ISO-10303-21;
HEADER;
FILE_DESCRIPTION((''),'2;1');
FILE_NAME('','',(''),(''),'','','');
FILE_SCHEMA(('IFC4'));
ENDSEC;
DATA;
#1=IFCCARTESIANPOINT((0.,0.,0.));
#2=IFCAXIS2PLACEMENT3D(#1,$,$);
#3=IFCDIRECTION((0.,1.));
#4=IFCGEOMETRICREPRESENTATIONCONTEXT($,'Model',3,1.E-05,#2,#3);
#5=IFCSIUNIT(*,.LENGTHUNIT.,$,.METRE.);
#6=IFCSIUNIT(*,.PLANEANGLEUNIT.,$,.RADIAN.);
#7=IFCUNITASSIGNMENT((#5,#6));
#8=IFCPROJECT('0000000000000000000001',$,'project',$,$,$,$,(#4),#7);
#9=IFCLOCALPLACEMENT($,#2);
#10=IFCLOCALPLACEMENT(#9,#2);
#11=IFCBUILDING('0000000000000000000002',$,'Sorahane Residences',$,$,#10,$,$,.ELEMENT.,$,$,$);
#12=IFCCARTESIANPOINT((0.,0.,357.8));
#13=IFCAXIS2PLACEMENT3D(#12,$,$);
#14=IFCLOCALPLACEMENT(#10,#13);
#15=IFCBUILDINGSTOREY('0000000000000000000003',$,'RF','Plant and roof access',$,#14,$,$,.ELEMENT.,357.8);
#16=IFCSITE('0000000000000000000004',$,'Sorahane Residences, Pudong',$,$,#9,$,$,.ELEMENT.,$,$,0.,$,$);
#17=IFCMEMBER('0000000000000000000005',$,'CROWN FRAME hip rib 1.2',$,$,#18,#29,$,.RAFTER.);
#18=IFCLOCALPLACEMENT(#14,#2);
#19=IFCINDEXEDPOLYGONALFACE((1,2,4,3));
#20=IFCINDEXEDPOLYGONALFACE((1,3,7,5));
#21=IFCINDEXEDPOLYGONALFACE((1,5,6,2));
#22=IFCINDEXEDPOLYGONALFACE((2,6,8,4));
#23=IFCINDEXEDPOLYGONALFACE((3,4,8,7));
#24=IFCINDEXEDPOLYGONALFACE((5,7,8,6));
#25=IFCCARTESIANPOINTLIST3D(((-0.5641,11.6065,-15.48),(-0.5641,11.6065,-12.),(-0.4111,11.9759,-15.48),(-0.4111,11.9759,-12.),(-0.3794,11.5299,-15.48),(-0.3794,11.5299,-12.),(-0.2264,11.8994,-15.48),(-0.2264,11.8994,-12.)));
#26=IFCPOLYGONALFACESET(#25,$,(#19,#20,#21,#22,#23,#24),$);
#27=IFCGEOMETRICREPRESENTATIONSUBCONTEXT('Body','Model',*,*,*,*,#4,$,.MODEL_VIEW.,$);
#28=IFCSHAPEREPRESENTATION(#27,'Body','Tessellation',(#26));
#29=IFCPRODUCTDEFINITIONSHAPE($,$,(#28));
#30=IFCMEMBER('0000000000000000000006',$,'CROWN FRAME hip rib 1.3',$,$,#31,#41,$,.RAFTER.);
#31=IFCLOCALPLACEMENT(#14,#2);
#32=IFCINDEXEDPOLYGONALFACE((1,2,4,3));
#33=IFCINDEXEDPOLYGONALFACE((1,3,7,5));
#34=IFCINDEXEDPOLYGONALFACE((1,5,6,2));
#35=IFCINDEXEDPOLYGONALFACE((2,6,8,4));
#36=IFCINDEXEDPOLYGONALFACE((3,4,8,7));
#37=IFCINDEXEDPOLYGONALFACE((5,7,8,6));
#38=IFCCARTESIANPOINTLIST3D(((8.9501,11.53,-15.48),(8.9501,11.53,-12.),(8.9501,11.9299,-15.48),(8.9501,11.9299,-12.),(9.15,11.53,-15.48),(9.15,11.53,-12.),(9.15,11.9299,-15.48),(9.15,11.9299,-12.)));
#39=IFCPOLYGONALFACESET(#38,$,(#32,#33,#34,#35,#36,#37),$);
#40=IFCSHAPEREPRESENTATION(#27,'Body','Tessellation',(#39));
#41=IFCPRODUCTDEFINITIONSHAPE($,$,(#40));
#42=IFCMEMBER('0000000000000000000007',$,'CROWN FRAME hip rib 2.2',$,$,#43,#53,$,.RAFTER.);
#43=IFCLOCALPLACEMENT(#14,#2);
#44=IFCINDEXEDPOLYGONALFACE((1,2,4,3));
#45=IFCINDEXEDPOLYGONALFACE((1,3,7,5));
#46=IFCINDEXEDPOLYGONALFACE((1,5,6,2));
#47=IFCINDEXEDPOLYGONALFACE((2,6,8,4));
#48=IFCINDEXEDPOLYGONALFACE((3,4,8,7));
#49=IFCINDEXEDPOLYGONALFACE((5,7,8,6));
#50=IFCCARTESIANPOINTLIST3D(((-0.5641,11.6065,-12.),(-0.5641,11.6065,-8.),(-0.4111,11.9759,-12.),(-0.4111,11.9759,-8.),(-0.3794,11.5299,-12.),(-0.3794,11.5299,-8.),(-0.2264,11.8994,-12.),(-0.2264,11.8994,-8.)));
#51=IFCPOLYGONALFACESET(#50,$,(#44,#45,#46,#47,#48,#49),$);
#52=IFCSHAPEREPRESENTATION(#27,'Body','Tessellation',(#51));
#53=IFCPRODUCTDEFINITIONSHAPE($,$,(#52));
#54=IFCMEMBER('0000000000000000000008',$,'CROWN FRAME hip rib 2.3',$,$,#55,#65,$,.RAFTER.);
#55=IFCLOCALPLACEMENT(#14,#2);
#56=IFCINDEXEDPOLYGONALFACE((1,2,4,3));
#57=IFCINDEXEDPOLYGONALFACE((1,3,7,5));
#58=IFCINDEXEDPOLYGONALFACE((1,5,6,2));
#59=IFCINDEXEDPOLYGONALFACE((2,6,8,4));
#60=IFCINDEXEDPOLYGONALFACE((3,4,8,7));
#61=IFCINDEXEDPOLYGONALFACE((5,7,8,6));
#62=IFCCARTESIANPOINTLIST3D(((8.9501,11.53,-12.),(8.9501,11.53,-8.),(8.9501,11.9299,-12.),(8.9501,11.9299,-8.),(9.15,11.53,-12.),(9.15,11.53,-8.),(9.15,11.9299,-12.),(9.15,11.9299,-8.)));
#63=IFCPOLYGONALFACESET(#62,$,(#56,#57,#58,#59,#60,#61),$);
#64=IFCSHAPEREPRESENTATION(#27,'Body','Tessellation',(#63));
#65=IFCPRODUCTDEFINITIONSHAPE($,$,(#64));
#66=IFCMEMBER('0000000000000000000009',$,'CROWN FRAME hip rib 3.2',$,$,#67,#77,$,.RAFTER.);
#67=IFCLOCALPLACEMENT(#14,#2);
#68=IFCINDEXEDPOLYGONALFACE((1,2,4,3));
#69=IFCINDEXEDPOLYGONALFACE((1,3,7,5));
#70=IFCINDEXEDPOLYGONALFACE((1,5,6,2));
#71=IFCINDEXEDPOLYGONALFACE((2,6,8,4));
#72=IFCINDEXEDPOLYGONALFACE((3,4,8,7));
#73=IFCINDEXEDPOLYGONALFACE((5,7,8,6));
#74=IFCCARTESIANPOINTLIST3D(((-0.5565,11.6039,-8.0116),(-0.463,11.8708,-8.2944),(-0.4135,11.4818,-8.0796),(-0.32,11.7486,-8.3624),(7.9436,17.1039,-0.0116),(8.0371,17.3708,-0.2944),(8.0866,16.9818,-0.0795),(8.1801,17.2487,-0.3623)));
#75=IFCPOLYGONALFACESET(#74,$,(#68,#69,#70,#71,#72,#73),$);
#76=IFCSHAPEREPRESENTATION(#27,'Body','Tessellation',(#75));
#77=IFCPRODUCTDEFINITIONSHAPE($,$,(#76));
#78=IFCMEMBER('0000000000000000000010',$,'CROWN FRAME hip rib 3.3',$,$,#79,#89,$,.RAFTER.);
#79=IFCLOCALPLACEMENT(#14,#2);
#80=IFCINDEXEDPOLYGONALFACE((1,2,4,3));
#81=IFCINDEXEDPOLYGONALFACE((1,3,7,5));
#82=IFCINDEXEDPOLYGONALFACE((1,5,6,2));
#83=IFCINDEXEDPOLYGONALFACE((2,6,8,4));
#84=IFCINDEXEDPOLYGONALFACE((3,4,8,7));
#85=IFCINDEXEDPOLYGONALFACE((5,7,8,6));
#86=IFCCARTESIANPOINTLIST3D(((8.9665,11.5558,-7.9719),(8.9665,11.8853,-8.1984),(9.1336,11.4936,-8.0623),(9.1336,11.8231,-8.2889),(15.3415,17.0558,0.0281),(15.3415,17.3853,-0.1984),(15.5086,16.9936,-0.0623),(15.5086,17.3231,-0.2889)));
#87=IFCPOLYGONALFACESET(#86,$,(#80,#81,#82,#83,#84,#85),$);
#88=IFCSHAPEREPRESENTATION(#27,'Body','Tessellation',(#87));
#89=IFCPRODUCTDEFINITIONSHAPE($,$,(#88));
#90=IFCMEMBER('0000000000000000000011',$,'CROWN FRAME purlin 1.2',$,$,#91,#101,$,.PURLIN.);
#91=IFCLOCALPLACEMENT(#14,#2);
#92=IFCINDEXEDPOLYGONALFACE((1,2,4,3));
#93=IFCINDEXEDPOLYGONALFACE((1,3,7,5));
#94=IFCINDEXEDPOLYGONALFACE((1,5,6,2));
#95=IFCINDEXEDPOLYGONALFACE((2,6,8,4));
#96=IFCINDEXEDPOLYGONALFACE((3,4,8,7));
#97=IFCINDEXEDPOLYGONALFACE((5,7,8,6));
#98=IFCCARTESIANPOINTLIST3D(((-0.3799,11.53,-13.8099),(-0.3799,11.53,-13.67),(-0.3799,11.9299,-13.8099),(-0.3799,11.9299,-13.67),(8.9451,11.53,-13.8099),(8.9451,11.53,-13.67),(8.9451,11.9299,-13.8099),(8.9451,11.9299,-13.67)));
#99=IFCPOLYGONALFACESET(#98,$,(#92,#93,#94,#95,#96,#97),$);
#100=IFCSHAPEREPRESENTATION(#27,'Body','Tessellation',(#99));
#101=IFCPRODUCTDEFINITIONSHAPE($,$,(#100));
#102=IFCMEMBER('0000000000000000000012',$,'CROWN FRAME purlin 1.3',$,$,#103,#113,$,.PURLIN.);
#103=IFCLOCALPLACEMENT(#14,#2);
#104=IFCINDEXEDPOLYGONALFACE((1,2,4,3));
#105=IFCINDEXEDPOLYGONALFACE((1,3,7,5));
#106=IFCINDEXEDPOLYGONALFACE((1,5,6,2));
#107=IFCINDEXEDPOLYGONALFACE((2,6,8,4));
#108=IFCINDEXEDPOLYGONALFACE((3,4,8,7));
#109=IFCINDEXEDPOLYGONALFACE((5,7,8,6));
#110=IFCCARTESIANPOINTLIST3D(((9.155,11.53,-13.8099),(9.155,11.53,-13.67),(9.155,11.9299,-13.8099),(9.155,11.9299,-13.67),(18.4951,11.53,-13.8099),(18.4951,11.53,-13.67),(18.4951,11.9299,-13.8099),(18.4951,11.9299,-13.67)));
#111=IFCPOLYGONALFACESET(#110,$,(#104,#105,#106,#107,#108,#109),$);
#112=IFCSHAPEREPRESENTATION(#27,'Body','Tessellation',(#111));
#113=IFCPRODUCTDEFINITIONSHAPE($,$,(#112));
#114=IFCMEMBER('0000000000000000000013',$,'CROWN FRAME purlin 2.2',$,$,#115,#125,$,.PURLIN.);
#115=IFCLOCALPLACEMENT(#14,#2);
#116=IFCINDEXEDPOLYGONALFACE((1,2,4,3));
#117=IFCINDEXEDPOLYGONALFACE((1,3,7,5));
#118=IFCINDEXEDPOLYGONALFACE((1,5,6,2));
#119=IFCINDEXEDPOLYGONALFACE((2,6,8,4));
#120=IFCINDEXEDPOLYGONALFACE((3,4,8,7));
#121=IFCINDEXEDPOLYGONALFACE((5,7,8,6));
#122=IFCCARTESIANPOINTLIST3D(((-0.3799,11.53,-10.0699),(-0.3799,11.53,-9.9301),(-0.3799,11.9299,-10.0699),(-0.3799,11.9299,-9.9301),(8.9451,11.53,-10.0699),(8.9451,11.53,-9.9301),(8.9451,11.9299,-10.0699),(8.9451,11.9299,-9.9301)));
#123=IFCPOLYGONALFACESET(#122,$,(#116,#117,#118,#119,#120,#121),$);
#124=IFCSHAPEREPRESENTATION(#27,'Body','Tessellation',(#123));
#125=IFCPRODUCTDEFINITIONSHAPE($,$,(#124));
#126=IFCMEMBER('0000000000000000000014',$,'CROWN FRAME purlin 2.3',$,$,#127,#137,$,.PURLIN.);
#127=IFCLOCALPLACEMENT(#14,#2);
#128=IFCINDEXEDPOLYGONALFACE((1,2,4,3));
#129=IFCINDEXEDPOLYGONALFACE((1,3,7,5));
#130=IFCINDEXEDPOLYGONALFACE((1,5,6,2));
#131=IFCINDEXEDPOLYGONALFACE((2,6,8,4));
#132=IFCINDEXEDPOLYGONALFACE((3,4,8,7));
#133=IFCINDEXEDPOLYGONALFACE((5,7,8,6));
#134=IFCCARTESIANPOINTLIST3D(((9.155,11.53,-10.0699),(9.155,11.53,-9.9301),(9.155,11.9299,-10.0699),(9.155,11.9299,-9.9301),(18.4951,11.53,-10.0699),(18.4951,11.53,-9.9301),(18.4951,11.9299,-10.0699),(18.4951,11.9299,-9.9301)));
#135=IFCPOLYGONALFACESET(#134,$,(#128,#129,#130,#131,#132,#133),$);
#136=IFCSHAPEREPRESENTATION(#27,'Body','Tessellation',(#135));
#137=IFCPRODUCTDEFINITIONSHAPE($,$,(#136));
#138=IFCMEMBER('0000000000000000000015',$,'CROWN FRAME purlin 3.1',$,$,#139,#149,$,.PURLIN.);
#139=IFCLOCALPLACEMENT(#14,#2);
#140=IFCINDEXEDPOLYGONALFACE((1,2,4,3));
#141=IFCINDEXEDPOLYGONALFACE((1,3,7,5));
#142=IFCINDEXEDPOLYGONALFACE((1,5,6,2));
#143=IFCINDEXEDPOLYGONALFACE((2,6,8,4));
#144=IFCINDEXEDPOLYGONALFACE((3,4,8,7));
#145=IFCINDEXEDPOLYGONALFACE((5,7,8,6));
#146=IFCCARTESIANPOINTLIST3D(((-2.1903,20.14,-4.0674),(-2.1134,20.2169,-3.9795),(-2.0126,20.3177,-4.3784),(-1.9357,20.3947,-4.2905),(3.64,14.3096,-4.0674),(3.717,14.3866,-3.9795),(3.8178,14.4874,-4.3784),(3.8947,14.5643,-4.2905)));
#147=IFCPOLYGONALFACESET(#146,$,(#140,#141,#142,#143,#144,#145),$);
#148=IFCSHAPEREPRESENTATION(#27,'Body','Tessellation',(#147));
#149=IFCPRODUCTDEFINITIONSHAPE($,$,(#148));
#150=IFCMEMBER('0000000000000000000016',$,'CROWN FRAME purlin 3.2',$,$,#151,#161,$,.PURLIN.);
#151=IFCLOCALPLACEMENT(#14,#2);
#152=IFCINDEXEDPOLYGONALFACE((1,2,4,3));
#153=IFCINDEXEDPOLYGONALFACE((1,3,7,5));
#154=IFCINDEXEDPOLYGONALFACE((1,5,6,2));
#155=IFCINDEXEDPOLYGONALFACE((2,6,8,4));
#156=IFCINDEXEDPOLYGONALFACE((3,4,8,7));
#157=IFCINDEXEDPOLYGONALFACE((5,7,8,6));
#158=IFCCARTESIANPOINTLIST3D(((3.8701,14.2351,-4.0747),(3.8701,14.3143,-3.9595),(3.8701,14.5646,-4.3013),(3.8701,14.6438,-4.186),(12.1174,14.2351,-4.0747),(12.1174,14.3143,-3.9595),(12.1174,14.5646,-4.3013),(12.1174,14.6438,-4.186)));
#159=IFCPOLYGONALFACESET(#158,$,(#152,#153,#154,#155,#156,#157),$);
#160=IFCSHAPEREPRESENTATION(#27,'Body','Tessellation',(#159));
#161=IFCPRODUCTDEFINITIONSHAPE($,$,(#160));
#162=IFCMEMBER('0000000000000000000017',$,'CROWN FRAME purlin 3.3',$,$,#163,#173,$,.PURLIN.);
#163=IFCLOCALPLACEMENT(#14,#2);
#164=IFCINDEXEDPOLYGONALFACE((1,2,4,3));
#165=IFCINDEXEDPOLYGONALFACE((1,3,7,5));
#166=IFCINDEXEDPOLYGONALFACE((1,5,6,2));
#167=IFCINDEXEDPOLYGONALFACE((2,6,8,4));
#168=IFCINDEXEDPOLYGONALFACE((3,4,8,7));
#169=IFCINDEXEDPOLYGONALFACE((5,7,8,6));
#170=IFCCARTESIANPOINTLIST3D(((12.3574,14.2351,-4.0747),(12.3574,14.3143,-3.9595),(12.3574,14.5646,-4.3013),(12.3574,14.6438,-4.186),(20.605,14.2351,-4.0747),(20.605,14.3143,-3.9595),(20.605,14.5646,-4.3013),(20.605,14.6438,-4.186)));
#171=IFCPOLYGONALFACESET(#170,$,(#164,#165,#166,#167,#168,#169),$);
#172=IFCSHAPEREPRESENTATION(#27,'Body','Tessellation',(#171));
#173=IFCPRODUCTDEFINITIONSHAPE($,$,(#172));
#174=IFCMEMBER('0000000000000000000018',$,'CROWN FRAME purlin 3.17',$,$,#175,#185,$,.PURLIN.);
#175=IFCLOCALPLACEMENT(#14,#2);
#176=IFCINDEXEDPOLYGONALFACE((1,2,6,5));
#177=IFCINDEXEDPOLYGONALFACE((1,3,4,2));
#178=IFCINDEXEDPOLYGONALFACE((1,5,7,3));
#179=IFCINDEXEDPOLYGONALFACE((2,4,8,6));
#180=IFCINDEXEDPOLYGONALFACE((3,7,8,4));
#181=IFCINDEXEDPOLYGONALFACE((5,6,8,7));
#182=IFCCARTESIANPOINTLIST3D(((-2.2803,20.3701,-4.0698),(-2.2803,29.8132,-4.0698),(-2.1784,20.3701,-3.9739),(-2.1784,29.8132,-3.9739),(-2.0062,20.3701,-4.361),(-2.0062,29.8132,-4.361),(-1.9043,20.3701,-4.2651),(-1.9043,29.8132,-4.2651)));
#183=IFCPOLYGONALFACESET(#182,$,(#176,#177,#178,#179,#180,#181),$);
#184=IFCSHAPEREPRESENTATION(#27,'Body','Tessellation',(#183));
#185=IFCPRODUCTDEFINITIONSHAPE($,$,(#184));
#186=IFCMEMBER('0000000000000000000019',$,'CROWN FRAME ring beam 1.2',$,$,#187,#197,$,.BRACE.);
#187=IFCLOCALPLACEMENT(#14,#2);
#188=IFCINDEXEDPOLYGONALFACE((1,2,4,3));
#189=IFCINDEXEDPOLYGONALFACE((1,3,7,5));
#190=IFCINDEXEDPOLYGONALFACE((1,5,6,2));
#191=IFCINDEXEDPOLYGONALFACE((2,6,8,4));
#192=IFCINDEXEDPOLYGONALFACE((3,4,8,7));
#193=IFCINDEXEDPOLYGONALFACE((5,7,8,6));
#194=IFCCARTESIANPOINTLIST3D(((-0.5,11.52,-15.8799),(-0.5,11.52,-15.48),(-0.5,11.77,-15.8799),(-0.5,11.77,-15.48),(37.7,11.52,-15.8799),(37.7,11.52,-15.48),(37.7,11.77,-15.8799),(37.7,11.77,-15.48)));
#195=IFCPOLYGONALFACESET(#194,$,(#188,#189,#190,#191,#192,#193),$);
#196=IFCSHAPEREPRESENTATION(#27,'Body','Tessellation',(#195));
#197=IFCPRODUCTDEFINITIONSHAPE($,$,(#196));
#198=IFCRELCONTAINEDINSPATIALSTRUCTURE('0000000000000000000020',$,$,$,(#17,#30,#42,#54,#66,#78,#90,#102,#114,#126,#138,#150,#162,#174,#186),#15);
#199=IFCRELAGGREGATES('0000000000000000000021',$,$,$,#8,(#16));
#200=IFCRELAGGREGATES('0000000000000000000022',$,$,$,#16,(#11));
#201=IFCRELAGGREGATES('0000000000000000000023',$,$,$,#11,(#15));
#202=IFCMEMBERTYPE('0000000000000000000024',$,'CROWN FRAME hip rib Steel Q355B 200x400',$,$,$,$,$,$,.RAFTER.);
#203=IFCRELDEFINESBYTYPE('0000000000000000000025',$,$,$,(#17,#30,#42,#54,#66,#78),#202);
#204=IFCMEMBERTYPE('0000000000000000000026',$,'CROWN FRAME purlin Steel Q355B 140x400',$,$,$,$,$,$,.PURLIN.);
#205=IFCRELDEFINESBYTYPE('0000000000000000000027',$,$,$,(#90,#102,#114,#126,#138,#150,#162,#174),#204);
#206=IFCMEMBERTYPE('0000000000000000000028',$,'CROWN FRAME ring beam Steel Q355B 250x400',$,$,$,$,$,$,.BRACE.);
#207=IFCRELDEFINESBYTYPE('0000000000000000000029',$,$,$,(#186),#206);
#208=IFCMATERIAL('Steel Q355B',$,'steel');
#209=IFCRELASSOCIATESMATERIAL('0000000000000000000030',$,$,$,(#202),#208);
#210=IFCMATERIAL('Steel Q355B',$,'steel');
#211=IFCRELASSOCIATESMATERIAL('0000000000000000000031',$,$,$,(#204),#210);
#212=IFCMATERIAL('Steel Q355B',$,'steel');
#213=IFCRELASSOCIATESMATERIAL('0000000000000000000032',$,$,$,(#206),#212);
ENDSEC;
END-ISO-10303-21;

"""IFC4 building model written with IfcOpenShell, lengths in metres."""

from ifc_helpers import new_model, si_unit, direction, frame, origin, origin_2d, place, context, subcontext, project, spatial, rectangle, extrude, material, material_profile, profile_set, type_object, element, save


model = new_model("IFC4")

# Units and contexts
model_context = context("Model", 3, precision=1e-05, world=origin(), true_north=direction((0.0, 1.0)))
body_context = subcontext(model_context, "Body", "Model", "MODEL_VIEW")
ifc_project = project(units=[si_unit("LENGTHUNIT", "METRE"), si_unit("PLANEANGLEUNIT", "RADIAN")], contexts=[model_context])

# Site, building, storey
site_placement = place(None, origin())
site = spatial("IfcSite", under=ifc_project, at=site_placement, Name="Sorahane Residences, Pudong", CompositionType="ELEMENT", RefElevation=0.0)
building_placement = place(site_placement, origin())
building = spatial("IfcBuilding", under=site, at=building_placement, Name="Sorahane Residences", CompositionType="ELEMENT")
storey_placement = place(building_placement, frame((0.0, 0.0, 357.8)))
storey = spatial("IfcBuildingStorey", under=building, at=storey_placement, Name="RF", Description="Plant and roof access", CompositionType="ELEMENT", Elevation=357.8)

# Members
ifc_material_1 = material(Name="Steel Q355B", Category="steel")
ifc_material_profile_1 = material_profile(ifc_material_1, rectangle(XDim=0.2, YDim=0.3999, at=origin_2d()), Name="CROWN FRAME hip rib Steel Q355B 200x400")
ifc_profile_set_1 = profile_set([ifc_material_profile_1], Name="Steel Q355B")
member_type_1 = type_object("IfcMemberType", Name="CROWN FRAME hip rib Steel Q355B 200x400", PredefinedType="RAFTER", material=ifc_profile_set_1)
for number, where, z_axis, x_axis, name in (
    (1, (-0.3953, 11.7529, -15.48), (0.0, 0.0, 1.0), (-0.92388, 0.382683, 0.0), "CROWN FRAME hip rib 1.2"),
    (2, (9.05, 11.73, -15.48), (0.0, 0.0, 1.0), (-1.0, 0.0, 0.0), "CROWN FRAME hip rib 1.3"),
):
    element("IfcMember", number, at=place(storey_placement, frame(where, z_axis=z_axis, x_axis=x_axis)), inside=storey, type_object=member_type_1, Name=name, PredefinedType="RAFTER", context=body_context, shape_type="SweptSolid", body=[
        extrude(rectangle(XDim=0.2, YDim=0.3999, at=origin_2d()), origin(), (0.0, 0.0, 1.0), 3.48),
    ])
for number, where, z_axis, x_axis, name in (
    (3, (-0.3953, 11.7529, -12.0), (0.0, 0.0, 1.0), (-0.92388, 0.382683, 0.0), "CROWN FRAME hip rib 2.2"),
    (4, (9.05, 11.73, -12.0), (0.0, 0.0, 1.0), (-1.0, 0.0, 0.0), "CROWN FRAME hip rib 2.3"),
):
    element("IfcMember", number, at=place(storey_placement, frame(where, z_axis=z_axis, x_axis=x_axis)), inside=storey, type_object=member_type_1, Name=name, PredefinedType="RAFTER", context=body_context, shape_type="SweptSolid", body=[
        extrude(rectangle(XDim=0.2, YDim=0.3999, at=origin_2d()), origin(), (0.0, 0.0, 1.0), 4.0),
    ])
member_1_placement = place(storey_placement, frame((-0.4382, 11.6763, -8.187), z_axis=(0.658737, 0.426241, 0.619987), x_axis=(-0.715126, 0.610784, 0.339907)))
element("IfcMember", 5, at=member_1_placement, inside=storey, type_object=member_type_1, Name="CROWN FRAME hip rib 3.2", PredefinedType="RAFTER", context=body_context, shape_type="SweptSolid", body=[
    extrude(rectangle(XDim=0.2, YDim=0.3999, at=origin_2d()), origin(), (0.0, 0.0, 1.0), 12.9036),
])
member_2_placement = place(storey_placement, frame((9.05, 11.6895, -8.1304), z_axis=(0.548895, 0.473557, 0.688809), x_axis=(-0.835891, 0.310965, 0.452312)))
element("IfcMember", 6, at=member_2_placement, inside=storey, type_object=member_type_1, Name="CROWN FRAME hip rib 3.3", PredefinedType="RAFTER", context=body_context, shape_type="SweptSolid", body=[
    extrude(rectangle(XDim=0.2, YDim=0.3999, at=origin_2d()), origin(), (0.0, 0.0, 1.0), 11.6143),
])
ifc_material_2 = material(Name="Steel Q355B", Category="steel")
ifc_material_profile_2 = material_profile(ifc_material_2, rectangle(XDim=0.1399, YDim=0.3999, at=origin_2d()), Name="CROWN FRAME purlin Steel Q355B 140x400")
ifc_profile_set_2 = profile_set([ifc_material_profile_2], Name="Steel Q355B")
member_type_2 = type_object("IfcMemberType", Name="CROWN FRAME purlin Steel Q355B 140x400", PredefinedType="PURLIN", material=ifc_profile_set_2)
member_3_placement = place(storey_placement, frame((-0.3799, 11.73, -13.74), z_axis=(1.0, 0.0, 0.0), x_axis=(0.0, 0.0, 1.0)))
element("IfcMember", 7, at=member_3_placement, inside=storey, type_object=member_type_2, Name="CROWN FRAME purlin 1.2", PredefinedType="PURLIN", context=body_context, shape_type="SweptSolid", body=[
    extrude(rectangle(XDim=0.1399, YDim=0.3999, at=origin_2d()), origin(), (0.0, 0.0, 1.0), 9.325),
])
member_4_placement = place(storey_placement, frame((9.155, 11.73, -13.74), z_axis=(1.0, 0.0, 0.0), x_axis=(0.0, 0.0, 1.0)))
element("IfcMember", 8, at=member_4_placement, inside=storey, type_object=member_type_2, Name="CROWN FRAME purlin 1.3", PredefinedType="PURLIN", context=body_context, shape_type="SweptSolid", body=[
    extrude(rectangle(XDim=0.1399, YDim=0.3999, at=origin_2d()), origin(), (0.0, 0.0, 1.0), 9.3401),
])
member_5_placement = place(storey_placement, frame((-0.3799, 11.73, -10.0), z_axis=(1.0, 0.0, 0.0), x_axis=(0.0, 0.0, 1.0)))
element("IfcMember", 9, at=member_5_placement, inside=storey, type_object=member_type_2, Name="CROWN FRAME purlin 2.2", PredefinedType="PURLIN", context=body_context, shape_type="SweptSolid", body=[
    extrude(rectangle(XDim=0.1399, YDim=0.3999, at=origin_2d()), origin(), (0.0, 0.0, 1.0), 9.325),
])
member_6_placement = place(storey_placement, frame((9.155, 11.73, -10.0), z_axis=(1.0, 0.0, 0.0), x_axis=(0.0, 0.0, 1.0)))
element("IfcMember", 10, at=member_6_placement, inside=storey, type_object=member_type_2, Name="CROWN FRAME purlin 2.3", PredefinedType="PURLIN", context=body_context, shape_type="SweptSolid", body=[
    extrude(rectangle(XDim=0.1399, YDim=0.3999, at=origin_2d()), origin(), (0.0, 0.0, 1.0), 9.3401),
])
member_7_placement = place(storey_placement, frame((-2.063, 20.2673, -4.179), z_axis=(0.707107, -0.707107, 0.0), x_axis=(0.549972, 0.549972, 0.628539)))
element("IfcMember", 11, at=member_7_placement, inside=storey, type_object=member_type_2, Name="CROWN FRAME purlin 3.1", PredefinedType="PURLIN", context=body_context, shape_type="SweptSolid", body=[
    extrude(rectangle(XDim=0.1399, YDim=0.3999, at=origin_2d()), origin(), (0.0, 0.0, 1.0), 8.2454),
])
member_8_placement = place(storey_placement, frame((3.8701, 14.4395, -4.1304), z_axis=(1.0, 0.0, 0.0), x_axis=(0.0, 0.566528, 0.824042)))
element("IfcMember", 12, at=member_8_placement, inside=storey, type_object=member_type_2, Name="CROWN FRAME purlin 3.2", PredefinedType="PURLIN", context=body_context, shape_type="SweptSolid", body=[
    extrude(rectangle(XDim=0.1399, YDim=0.3999, at=origin_2d()), origin(), (0.0, 0.0, 1.0), 8.2473),
])
member_9_placement = place(storey_placement, frame((12.3574, 14.4395, -4.1304), z_axis=(1.0, 0.0, 0.0), x_axis=(0.0, 0.566528, 0.824042)))
element("IfcMember", 13, at=member_9_placement, inside=storey, type_object=member_type_2, Name="CROWN FRAME purlin 3.3", PredefinedType="PURLIN", context=body_context, shape_type="SweptSolid", body=[
    extrude(rectangle(XDim=0.1399, YDim=0.3999, at=origin_2d()), origin(), (0.0, 0.0, 1.0), 8.2476),
])
member_10_placement = place(storey_placement, frame((-2.0923, 20.3701, -4.1675), z_axis=(0.0, 1.0, 0.0), x_axis=(-0.7282, 0.0, -0.685365)))
element("IfcMember", 14, at=member_10_placement, inside=storey, type_object=member_type_2, Name="CROWN FRAME purlin 3.17", PredefinedType="PURLIN", context=body_context, shape_type="SweptSolid", body=[
    extrude(rectangle(XDim=0.1399, YDim=0.3999, at=origin_2d()), origin(), (0.0, 0.0, 1.0), 9.4431),
])
ifc_material_3 = material(Name="Steel Q355B", Category="steel")
ifc_material_profile_3 = material_profile(ifc_material_3, rectangle(XDim=0.25, YDim=0.3999, at=origin_2d()), Name="CROWN FRAME ring beam Steel Q355B 250x400")
ifc_profile_set_3 = profile_set([ifc_material_profile_3], Name="Steel Q355B")
member_type_3 = type_object("IfcMemberType", Name="CROWN FRAME ring beam Steel Q355B 250x400", PredefinedType="BRACE", material=ifc_profile_set_3)
for number, where, z_axis, x_axis, name in (
    (15, (-0.5, 11.645, -15.6799), (1.0, 0.0, 0.0), (0.0, 1.0, 0.0), "CROWN FRAME ring beam 1.2"),
):
    element("IfcMember", number, at=place(storey_placement, frame(where, z_axis=z_axis, x_axis=x_axis)), inside=storey, type_object=member_type_3, Name=name, PredefinedType="BRACE", context=body_context, shape_type="SweptSolid", body=[
        extrude(rectangle(XDim=0.25, YDim=0.3999, at=origin_2d()), origin(), (0.0, 0.0, 1.0), 38.2),
    ])

save(model, "model.ifc")
